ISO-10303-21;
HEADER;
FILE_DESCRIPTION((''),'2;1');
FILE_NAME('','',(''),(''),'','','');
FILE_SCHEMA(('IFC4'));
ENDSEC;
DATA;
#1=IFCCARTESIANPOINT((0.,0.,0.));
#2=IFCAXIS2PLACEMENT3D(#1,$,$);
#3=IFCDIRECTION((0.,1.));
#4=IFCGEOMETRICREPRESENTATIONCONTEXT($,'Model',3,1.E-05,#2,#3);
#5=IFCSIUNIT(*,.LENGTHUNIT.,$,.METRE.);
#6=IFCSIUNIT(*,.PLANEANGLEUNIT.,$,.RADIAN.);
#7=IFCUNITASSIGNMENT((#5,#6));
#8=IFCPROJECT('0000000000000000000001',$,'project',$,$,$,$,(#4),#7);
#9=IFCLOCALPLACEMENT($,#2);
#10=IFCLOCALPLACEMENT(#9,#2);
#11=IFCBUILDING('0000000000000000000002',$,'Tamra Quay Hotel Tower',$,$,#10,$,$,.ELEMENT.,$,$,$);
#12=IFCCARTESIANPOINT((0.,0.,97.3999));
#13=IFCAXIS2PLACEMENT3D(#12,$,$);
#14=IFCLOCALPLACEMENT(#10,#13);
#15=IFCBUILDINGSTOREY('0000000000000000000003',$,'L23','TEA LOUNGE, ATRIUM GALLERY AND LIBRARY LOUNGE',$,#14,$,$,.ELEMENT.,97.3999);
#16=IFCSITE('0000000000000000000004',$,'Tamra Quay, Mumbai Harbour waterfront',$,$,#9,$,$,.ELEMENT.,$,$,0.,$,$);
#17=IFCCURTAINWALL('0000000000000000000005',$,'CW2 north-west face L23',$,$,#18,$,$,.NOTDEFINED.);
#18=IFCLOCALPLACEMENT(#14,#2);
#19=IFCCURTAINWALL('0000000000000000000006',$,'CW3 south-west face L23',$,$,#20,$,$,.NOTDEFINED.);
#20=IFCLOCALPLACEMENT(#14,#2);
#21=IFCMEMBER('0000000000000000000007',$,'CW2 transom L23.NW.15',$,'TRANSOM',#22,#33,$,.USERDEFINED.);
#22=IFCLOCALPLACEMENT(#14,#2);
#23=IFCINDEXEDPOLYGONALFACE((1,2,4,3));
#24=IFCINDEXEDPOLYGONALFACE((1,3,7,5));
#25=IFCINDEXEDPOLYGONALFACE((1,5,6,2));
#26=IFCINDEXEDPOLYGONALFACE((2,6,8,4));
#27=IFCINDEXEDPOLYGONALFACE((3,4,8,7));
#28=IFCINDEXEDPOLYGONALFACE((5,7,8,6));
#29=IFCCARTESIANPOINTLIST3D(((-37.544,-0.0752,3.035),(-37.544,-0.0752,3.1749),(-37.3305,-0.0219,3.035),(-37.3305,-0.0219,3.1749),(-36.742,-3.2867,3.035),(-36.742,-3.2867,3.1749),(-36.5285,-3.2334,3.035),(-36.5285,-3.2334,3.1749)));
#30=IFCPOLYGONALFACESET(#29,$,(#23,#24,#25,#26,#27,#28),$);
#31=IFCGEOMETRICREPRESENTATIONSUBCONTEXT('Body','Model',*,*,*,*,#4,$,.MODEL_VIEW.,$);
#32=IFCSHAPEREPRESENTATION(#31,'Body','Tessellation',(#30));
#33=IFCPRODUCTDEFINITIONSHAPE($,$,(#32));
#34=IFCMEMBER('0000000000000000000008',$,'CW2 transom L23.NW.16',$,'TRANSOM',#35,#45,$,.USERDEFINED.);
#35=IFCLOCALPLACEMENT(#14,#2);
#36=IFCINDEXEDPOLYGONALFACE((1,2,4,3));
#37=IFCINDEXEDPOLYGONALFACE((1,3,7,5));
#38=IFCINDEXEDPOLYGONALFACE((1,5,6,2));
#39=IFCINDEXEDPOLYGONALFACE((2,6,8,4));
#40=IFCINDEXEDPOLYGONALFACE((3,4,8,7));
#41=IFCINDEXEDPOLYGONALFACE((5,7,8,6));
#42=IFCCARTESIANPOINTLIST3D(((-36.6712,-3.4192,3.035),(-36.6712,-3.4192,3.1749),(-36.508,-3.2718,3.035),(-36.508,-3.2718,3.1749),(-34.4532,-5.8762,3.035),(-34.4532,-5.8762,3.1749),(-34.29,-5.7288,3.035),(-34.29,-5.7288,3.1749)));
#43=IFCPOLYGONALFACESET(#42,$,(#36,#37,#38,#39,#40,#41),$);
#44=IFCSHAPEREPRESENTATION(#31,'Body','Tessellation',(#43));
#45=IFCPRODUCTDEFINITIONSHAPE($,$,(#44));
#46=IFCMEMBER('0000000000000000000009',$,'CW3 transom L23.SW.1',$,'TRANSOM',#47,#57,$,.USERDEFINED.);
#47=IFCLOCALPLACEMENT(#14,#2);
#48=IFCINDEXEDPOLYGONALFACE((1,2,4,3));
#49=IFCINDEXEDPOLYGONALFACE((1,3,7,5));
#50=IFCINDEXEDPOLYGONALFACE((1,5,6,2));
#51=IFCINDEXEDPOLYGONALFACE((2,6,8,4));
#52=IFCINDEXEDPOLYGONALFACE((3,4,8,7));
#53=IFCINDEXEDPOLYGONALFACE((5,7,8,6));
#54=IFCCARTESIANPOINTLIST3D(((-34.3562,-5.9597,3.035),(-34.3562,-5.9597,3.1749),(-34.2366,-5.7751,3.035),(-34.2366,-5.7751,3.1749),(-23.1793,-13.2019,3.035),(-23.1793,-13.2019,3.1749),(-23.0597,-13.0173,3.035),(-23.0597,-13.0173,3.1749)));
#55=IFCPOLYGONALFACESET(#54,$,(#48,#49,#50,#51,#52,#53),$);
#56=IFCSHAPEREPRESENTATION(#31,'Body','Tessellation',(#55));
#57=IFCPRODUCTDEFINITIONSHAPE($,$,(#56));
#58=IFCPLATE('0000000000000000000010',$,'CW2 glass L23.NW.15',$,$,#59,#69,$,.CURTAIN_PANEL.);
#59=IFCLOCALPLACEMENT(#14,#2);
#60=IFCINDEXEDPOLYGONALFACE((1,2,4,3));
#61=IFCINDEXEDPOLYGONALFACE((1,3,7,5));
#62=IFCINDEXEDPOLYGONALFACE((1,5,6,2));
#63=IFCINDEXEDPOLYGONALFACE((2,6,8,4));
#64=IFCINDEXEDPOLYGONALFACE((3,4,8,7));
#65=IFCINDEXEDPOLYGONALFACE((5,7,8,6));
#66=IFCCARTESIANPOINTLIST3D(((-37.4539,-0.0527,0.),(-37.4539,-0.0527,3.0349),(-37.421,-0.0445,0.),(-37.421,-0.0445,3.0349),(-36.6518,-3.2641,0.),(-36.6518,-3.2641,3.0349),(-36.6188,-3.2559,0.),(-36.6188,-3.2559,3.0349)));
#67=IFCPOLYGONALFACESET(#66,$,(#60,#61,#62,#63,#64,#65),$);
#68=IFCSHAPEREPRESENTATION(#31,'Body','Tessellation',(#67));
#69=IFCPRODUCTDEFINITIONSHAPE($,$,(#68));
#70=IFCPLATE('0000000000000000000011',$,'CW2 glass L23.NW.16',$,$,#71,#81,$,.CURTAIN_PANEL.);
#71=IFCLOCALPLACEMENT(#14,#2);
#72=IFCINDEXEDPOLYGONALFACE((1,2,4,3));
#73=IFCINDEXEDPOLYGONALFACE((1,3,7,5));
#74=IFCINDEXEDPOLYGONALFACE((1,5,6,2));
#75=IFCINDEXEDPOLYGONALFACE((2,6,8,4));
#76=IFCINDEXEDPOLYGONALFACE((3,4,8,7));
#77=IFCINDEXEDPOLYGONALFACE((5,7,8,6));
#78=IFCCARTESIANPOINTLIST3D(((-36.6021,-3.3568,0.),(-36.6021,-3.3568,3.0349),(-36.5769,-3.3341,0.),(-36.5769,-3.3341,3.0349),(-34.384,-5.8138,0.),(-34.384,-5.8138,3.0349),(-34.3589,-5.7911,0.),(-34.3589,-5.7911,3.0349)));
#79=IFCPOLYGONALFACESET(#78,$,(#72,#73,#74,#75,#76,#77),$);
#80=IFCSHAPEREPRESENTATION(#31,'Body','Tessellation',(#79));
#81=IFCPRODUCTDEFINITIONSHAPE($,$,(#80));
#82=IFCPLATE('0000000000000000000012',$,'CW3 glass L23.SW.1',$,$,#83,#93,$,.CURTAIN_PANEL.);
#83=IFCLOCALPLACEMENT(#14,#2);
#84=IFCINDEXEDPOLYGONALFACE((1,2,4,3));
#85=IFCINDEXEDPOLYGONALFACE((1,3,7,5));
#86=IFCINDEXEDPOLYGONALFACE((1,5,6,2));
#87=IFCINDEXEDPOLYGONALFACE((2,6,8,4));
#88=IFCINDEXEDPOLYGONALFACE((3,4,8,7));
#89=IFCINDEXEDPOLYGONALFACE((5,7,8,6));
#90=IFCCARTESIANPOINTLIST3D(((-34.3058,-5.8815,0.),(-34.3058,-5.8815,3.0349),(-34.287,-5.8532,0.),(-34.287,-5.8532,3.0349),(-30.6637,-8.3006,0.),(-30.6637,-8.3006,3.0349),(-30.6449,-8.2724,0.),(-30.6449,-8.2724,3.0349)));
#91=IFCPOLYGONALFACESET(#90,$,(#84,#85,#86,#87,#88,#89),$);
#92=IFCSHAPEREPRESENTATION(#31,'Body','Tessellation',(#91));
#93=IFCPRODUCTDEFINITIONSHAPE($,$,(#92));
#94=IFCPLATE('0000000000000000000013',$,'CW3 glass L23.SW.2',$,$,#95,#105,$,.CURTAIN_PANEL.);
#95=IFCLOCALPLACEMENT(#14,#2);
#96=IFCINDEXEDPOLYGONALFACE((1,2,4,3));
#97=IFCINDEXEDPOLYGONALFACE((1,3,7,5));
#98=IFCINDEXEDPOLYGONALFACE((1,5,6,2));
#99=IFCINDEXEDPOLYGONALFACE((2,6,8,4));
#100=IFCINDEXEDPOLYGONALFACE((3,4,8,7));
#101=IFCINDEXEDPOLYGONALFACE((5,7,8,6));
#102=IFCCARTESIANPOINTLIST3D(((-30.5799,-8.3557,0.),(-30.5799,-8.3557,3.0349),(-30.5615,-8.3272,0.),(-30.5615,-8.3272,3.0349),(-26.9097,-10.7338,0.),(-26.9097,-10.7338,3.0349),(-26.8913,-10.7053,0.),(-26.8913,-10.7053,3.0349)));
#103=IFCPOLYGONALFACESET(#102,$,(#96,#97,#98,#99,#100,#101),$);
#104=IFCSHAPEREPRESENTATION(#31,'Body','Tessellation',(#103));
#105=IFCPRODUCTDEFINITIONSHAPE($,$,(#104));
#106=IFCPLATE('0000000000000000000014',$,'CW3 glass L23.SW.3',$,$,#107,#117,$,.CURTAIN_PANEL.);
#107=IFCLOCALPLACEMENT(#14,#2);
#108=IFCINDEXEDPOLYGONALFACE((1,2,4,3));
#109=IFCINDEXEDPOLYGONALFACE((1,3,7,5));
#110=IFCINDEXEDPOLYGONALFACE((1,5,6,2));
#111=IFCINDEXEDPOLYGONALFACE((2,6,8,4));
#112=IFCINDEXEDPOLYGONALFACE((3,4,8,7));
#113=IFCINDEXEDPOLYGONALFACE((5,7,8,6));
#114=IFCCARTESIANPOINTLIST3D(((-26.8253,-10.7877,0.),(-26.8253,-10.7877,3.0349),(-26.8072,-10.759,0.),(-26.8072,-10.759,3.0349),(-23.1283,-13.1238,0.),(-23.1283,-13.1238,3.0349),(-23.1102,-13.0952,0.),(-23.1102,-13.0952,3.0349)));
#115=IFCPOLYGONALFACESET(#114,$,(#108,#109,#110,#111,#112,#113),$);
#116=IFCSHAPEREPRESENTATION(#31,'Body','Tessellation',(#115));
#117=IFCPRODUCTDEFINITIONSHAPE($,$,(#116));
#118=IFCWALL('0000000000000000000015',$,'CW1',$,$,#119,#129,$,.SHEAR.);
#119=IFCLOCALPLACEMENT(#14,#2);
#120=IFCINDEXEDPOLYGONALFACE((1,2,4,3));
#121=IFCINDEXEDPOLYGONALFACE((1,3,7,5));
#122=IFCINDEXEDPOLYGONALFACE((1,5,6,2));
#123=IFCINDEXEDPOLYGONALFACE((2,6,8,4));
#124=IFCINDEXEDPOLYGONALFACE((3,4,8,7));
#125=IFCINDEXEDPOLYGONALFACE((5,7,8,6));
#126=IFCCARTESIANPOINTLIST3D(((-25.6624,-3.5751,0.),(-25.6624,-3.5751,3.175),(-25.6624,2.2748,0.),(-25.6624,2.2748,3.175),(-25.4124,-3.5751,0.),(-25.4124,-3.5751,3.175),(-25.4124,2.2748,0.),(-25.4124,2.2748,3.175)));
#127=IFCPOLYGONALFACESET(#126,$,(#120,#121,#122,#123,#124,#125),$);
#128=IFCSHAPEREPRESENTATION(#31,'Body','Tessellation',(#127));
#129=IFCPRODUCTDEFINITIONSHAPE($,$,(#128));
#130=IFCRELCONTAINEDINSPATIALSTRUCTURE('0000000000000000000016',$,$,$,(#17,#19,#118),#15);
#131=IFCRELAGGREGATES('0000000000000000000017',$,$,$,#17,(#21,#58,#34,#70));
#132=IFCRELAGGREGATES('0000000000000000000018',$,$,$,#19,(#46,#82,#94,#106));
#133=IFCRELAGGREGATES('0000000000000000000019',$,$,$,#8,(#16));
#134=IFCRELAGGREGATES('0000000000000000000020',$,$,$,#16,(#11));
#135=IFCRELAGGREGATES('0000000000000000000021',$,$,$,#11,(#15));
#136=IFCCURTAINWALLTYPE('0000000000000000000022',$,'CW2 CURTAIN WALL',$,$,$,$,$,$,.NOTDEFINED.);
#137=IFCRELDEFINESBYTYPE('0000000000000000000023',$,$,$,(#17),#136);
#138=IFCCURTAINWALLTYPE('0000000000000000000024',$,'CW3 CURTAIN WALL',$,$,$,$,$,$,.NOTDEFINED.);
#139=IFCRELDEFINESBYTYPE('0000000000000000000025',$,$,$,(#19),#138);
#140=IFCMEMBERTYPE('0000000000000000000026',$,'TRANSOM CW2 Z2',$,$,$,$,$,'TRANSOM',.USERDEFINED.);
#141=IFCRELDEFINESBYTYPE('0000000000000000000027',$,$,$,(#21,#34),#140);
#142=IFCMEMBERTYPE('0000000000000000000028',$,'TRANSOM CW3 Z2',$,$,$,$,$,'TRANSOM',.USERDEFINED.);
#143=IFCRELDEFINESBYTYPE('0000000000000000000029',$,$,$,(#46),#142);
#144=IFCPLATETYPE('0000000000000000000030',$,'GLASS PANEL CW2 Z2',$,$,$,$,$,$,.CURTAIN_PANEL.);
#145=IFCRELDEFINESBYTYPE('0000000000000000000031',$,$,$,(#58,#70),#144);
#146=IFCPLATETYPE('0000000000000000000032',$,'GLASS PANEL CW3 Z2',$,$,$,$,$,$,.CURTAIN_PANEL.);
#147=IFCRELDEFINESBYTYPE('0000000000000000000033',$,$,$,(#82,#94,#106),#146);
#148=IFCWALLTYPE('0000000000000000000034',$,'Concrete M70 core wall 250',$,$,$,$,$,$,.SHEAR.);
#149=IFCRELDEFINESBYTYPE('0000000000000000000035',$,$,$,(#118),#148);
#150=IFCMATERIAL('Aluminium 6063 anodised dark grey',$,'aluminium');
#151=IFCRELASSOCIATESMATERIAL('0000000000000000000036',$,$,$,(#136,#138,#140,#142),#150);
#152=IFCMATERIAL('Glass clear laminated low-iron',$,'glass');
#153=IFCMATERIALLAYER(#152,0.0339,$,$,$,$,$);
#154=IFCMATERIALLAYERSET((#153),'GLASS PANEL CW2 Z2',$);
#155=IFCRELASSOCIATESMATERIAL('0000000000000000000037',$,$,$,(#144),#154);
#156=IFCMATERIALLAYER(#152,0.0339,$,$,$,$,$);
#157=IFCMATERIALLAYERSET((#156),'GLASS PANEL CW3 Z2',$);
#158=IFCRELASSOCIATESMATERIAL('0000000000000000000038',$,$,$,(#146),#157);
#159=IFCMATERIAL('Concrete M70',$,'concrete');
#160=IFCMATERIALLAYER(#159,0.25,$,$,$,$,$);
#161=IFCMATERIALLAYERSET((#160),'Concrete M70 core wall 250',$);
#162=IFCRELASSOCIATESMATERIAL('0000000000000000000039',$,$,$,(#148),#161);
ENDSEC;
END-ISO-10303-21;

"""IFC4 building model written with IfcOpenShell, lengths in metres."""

from ifc_helpers import new_model, si_unit, direction, frame, frame_2d, origin, origin_2d, place, context, subcontext, project, spatial, rectangle, extrude, material, layer, layer_set, material_profile, profile_set, type_object, element, aggregate, save


model = new_model("IFC4")

# Units and contexts
model_context = context("Model", 3, precision=1e-05, world=origin(), true_north=direction((0.0, 1.0)))
body_context = subcontext(model_context, "Body", "Model", "MODEL_VIEW")
ifc_project = project(units=[si_unit("LENGTHUNIT", "METRE"), si_unit("PLANEANGLEUNIT", "RADIAN")], contexts=[model_context])

# Site, building, storey
site_placement = place(None, origin())
site = spatial("IfcSite", under=ifc_project, at=site_placement, Name="Tamra Quay, Mumbai Harbour waterfront", CompositionType="ELEMENT", RefElevation=0.0)
building_placement = place(site_placement, origin())
building = spatial("IfcBuilding", under=site, at=building_placement, Name="Tamra Quay Hotel Tower", CompositionType="ELEMENT")
storey_placement = place(building_placement, frame((0.0, 0.0, 97.3999)))
storey = spatial("IfcBuildingStorey", under=building, at=storey_placement, Name="L23", Description="TEA LOUNGE, ATRIUM GALLERY AND LIBRARY LOUNGE", CompositionType="ELEMENT", Elevation=97.3999)

# Shared definitions
ifc_material_1 = material(Name="Concrete M70", Category="concrete")

# Curtain walls
ifc_material_2 = material(Name="Aluminium 6063 anodised dark grey", Category="aluminium")
curtain_wall_type_1 = type_object("IfcCurtainWallType", Name="CW2 CURTAIN WALL", PredefinedType="NOTDEFINED", material=ifc_material_2)
curtain_wall_1_placement = place(storey_placement, origin())
curtain_wall_1 = element("IfcCurtainWall", 1, at=curtain_wall_1_placement, inside=storey, type_object=curtain_wall_type_1, Name="CW2 north-west face L23", PredefinedType="NOTDEFINED")
curtain_wall_type_2 = type_object("IfcCurtainWallType", Name="CW3 CURTAIN WALL", PredefinedType="NOTDEFINED", material=ifc_material_2)
curtain_wall_2_placement = place(storey_placement, origin())
curtain_wall_2 = element("IfcCurtainWall", 2, at=curtain_wall_2_placement, inside=storey, type_object=curtain_wall_type_2, Name="CW3 south-west face L23", PredefinedType="NOTDEFINED")

# Members
ifc_material_profile_1 = material_profile(ifc_material_2, rectangle(XDim=0.22, YDim=0.1399, at=origin_2d()), Name="TRANSOM 220X140")
ifc_profile_set_1 = profile_set([ifc_material_profile_1], Name="Aluminium 6063 anodised dark grey")
member_type_1 = type_object("IfcMemberType", Name="TRANSOM CW2 Z2", ElementType="TRANSOM", PredefinedType="USERDEFINED", material=ifc_profile_set_1)
member_1_placement = place(storey_placement, frame((-37.4373, -0.0486, 3.105), z_axis=(0.242293, -0.970203, 0.0), x_axis=(0.970203, 0.242293, 0.0)))
member_1 = element("IfcMember", 3, at=member_1_placement, type_object=member_type_1, Name="CW2 transom L23.NW.15", ObjectType="TRANSOM", PredefinedType="USERDEFINED", context=body_context, shape_type="SweptSolid", body=[
    extrude(rectangle(XDim=0.22, YDim=0.1399, at=origin_2d()), origin(), (0.0, 0.0, 1.0), 3.3101),
])
member_2_placement = place(storey_placement, frame((-36.5896, -3.3455, 3.105), z_axis=(0.670081, -0.742288, 0.0), x_axis=(0.742288, 0.670081, 0.0)))
member_2 = element("IfcMember", 4, at=member_2_placement, type_object=member_type_1, Name="CW2 transom L23.NW.16", ObjectType="TRANSOM", PredefinedType="USERDEFINED", context=body_context, shape_type="SweptSolid", body=[
    extrude(rectangle(XDim=0.22, YDim=0.1399, at=origin_2d()), origin(), (0.0, 0.0, 1.0), 3.3101),
])
ifc_material_profile_2 = material_profile(ifc_material_2, rectangle(XDim=0.22, YDim=0.1399, at=origin_2d()), Name="TRANSOM 220X140")
ifc_profile_set_2 = profile_set([ifc_material_profile_2], Name="Aluminium 6063 anodised dark grey")
member_type_2 = type_object("IfcMemberType", Name="TRANSOM CW3 Z2", ElementType="TRANSOM", PredefinedType="USERDEFINED", material=ifc_profile_set_2)
member_3_placement = place(storey_placement, frame((-34.2964, -5.8674, 3.105), z_axis=(0.839227, -0.543781, 0.0), x_axis=(0.543781, 0.839227, 0.0)))
member_3 = element("IfcMember", 5, at=member_3_placement, type_object=member_type_2, Name="CW3 transom L23.SW.1", ObjectType="TRANSOM", PredefinedType="USERDEFINED", context=body_context, shape_type="SweptSolid", body=[
    extrude(rectangle(XDim=0.22, YDim=0.1399, at=origin_2d()), origin(), (0.0, 0.0, 1.0), 13.3181),
])

# Plates
ifc_material_3 = material(Name="Glass clear laminated low-iron", Category="glass")
ifc_layer_1 = layer(ifc_material_3, 0.0339)
ifc_layer_set_1 = layer_set([ifc_layer_1], Name="GLASS PANEL CW2 Z2")
plate_type_1 = type_object("IfcPlateType", Name="GLASS PANEL CW2 Z2", PredefinedType="CURTAIN_PANEL", material=ifc_layer_set_1)
plate_1_placement = place(storey_placement, frame((-37.0364, -1.6543, 0.0), z_axis=(0.0, 0.0, 1.0), x_axis=(0.242339, -0.970192, 0.0)))
plate_1 = element("IfcPlate", 6, at=plate_1_placement, type_object=plate_type_1, Name="CW2 glass L23.NW.15", PredefinedType="CURTAIN_PANEL", context=body_context, shape_type="SweptSolid", body=[
    extrude(rectangle(XDim=3.3101, YDim=0.0339, at=origin_2d()), origin(), (0.0, 0.0, 1.0), 3.0349),
])
plate_2_placement = place(storey_placement, frame((-35.4805, -4.574, 0.0), z_axis=(0.0, 0.0, 1.0), x_axis=(0.670088, -0.742282, 0.0)))
plate_2 = element("IfcPlate", 7, at=plate_2_placement, type_object=plate_type_1, Name="CW2 glass L23.NW.16", PredefinedType="CURTAIN_PANEL", context=body_context, shape_type="SweptSolid", body=[
    extrude(rectangle(XDim=3.3101, YDim=0.0339, at=origin_2d()), origin(), (0.0, 0.0, 1.0), 3.0349),
])
aggregate(curtain_wall_1, [member_1, plate_1, member_2, plate_2])
ifc_layer_2 = layer(ifc_material_3, 0.0339)
ifc_layer_set_2 = layer_set([ifc_layer_2], Name="GLASS PANEL CW3 Z2")
plate_type_2 = type_object("IfcPlateType", Name="GLASS PANEL CW3 Z2", PredefinedType="CURTAIN_PANEL", material=ifc_layer_set_2)
plate_3_placement = place(storey_placement, frame((-32.4753, -7.0769, 0.0), z_axis=(0.0, 0.0, 1.0), x_axis=(0.832988, -0.553291, 0.0)))
plate_3 = element("IfcPlate", 8, at=plate_3_placement, type_object=plate_type_2, Name="CW3 glass L23.SW.1", PredefinedType="CURTAIN_PANEL", context=body_context, shape_type="SweptSolid", body=[
    extrude(rectangle(XDim=4.3723, YDim=0.0339, at=origin_2d()), origin(), (0.0, 0.0, 1.0), 3.0349),
])
plate_4_placement = place(storey_placement, frame((-28.7356, -9.5305, 0.0), z_axis=(0.0, 0.0, 1.0), x_axis=(0.839224, -0.543786, 0.0)))
plate_4 = element("IfcPlate", 9, at=plate_4_placement, type_object=plate_type_2, Name="CW3 glass L23.SW.2", PredefinedType="CURTAIN_PANEL", context=body_context, shape_type="SweptSolid", body=[
    extrude(rectangle(XDim=4.3733, YDim=0.0339, at=origin_2d()), origin(), (0.0, 0.0, 1.0), 3.0349),
])
plate_5_placement = place(storey_placement, frame((-24.9678, -11.9414, 0.0), z_axis=(0.0, 0.0, 1.0), x_axis=(0.845362, -0.534193, 0.0)))
plate_5 = element("IfcPlate", 10, at=plate_5_placement, type_object=plate_type_2, Name="CW3 glass L23.SW.3", PredefinedType="CURTAIN_PANEL", context=body_context, shape_type="SweptSolid", body=[
    extrude(rectangle(XDim=4.3733, YDim=0.0339, at=origin_2d()), origin(), (0.0, 0.0, 1.0), 3.0349),
])
aggregate(curtain_wall_2, [member_3, plate_3, plate_4, plate_5])

# Wall
ifc_layer_3 = layer(ifc_material_1, 0.25)
ifc_layer_set_3 = layer_set([ifc_layer_3], Name="Concrete M70 core wall 250")
wall_type = type_object("IfcWallType", Name="Concrete M70 core wall 250", PredefinedType="SHEAR", material=ifc_layer_set_3)
wall_placement = place(storey_placement, frame((-25.5374, -3.575, 0.0), z_axis=(0.0, 0.0, 1.0), x_axis=(0.0, 1.0, 0.0)))
element("IfcWall", 11, at=wall_placement, inside=storey, type_object=wall_type, Name="CW1", PredefinedType="SHEAR", context=body_context, shape_type="SweptSolid", body=[
    extrude(rectangle(XDim=5.8499, YDim=0.25, at=frame_2d((2.9248, 0.0))), origin(), (0.0, 0.0, 1.0), 3.175),
])

save(model, "model.ifc")
